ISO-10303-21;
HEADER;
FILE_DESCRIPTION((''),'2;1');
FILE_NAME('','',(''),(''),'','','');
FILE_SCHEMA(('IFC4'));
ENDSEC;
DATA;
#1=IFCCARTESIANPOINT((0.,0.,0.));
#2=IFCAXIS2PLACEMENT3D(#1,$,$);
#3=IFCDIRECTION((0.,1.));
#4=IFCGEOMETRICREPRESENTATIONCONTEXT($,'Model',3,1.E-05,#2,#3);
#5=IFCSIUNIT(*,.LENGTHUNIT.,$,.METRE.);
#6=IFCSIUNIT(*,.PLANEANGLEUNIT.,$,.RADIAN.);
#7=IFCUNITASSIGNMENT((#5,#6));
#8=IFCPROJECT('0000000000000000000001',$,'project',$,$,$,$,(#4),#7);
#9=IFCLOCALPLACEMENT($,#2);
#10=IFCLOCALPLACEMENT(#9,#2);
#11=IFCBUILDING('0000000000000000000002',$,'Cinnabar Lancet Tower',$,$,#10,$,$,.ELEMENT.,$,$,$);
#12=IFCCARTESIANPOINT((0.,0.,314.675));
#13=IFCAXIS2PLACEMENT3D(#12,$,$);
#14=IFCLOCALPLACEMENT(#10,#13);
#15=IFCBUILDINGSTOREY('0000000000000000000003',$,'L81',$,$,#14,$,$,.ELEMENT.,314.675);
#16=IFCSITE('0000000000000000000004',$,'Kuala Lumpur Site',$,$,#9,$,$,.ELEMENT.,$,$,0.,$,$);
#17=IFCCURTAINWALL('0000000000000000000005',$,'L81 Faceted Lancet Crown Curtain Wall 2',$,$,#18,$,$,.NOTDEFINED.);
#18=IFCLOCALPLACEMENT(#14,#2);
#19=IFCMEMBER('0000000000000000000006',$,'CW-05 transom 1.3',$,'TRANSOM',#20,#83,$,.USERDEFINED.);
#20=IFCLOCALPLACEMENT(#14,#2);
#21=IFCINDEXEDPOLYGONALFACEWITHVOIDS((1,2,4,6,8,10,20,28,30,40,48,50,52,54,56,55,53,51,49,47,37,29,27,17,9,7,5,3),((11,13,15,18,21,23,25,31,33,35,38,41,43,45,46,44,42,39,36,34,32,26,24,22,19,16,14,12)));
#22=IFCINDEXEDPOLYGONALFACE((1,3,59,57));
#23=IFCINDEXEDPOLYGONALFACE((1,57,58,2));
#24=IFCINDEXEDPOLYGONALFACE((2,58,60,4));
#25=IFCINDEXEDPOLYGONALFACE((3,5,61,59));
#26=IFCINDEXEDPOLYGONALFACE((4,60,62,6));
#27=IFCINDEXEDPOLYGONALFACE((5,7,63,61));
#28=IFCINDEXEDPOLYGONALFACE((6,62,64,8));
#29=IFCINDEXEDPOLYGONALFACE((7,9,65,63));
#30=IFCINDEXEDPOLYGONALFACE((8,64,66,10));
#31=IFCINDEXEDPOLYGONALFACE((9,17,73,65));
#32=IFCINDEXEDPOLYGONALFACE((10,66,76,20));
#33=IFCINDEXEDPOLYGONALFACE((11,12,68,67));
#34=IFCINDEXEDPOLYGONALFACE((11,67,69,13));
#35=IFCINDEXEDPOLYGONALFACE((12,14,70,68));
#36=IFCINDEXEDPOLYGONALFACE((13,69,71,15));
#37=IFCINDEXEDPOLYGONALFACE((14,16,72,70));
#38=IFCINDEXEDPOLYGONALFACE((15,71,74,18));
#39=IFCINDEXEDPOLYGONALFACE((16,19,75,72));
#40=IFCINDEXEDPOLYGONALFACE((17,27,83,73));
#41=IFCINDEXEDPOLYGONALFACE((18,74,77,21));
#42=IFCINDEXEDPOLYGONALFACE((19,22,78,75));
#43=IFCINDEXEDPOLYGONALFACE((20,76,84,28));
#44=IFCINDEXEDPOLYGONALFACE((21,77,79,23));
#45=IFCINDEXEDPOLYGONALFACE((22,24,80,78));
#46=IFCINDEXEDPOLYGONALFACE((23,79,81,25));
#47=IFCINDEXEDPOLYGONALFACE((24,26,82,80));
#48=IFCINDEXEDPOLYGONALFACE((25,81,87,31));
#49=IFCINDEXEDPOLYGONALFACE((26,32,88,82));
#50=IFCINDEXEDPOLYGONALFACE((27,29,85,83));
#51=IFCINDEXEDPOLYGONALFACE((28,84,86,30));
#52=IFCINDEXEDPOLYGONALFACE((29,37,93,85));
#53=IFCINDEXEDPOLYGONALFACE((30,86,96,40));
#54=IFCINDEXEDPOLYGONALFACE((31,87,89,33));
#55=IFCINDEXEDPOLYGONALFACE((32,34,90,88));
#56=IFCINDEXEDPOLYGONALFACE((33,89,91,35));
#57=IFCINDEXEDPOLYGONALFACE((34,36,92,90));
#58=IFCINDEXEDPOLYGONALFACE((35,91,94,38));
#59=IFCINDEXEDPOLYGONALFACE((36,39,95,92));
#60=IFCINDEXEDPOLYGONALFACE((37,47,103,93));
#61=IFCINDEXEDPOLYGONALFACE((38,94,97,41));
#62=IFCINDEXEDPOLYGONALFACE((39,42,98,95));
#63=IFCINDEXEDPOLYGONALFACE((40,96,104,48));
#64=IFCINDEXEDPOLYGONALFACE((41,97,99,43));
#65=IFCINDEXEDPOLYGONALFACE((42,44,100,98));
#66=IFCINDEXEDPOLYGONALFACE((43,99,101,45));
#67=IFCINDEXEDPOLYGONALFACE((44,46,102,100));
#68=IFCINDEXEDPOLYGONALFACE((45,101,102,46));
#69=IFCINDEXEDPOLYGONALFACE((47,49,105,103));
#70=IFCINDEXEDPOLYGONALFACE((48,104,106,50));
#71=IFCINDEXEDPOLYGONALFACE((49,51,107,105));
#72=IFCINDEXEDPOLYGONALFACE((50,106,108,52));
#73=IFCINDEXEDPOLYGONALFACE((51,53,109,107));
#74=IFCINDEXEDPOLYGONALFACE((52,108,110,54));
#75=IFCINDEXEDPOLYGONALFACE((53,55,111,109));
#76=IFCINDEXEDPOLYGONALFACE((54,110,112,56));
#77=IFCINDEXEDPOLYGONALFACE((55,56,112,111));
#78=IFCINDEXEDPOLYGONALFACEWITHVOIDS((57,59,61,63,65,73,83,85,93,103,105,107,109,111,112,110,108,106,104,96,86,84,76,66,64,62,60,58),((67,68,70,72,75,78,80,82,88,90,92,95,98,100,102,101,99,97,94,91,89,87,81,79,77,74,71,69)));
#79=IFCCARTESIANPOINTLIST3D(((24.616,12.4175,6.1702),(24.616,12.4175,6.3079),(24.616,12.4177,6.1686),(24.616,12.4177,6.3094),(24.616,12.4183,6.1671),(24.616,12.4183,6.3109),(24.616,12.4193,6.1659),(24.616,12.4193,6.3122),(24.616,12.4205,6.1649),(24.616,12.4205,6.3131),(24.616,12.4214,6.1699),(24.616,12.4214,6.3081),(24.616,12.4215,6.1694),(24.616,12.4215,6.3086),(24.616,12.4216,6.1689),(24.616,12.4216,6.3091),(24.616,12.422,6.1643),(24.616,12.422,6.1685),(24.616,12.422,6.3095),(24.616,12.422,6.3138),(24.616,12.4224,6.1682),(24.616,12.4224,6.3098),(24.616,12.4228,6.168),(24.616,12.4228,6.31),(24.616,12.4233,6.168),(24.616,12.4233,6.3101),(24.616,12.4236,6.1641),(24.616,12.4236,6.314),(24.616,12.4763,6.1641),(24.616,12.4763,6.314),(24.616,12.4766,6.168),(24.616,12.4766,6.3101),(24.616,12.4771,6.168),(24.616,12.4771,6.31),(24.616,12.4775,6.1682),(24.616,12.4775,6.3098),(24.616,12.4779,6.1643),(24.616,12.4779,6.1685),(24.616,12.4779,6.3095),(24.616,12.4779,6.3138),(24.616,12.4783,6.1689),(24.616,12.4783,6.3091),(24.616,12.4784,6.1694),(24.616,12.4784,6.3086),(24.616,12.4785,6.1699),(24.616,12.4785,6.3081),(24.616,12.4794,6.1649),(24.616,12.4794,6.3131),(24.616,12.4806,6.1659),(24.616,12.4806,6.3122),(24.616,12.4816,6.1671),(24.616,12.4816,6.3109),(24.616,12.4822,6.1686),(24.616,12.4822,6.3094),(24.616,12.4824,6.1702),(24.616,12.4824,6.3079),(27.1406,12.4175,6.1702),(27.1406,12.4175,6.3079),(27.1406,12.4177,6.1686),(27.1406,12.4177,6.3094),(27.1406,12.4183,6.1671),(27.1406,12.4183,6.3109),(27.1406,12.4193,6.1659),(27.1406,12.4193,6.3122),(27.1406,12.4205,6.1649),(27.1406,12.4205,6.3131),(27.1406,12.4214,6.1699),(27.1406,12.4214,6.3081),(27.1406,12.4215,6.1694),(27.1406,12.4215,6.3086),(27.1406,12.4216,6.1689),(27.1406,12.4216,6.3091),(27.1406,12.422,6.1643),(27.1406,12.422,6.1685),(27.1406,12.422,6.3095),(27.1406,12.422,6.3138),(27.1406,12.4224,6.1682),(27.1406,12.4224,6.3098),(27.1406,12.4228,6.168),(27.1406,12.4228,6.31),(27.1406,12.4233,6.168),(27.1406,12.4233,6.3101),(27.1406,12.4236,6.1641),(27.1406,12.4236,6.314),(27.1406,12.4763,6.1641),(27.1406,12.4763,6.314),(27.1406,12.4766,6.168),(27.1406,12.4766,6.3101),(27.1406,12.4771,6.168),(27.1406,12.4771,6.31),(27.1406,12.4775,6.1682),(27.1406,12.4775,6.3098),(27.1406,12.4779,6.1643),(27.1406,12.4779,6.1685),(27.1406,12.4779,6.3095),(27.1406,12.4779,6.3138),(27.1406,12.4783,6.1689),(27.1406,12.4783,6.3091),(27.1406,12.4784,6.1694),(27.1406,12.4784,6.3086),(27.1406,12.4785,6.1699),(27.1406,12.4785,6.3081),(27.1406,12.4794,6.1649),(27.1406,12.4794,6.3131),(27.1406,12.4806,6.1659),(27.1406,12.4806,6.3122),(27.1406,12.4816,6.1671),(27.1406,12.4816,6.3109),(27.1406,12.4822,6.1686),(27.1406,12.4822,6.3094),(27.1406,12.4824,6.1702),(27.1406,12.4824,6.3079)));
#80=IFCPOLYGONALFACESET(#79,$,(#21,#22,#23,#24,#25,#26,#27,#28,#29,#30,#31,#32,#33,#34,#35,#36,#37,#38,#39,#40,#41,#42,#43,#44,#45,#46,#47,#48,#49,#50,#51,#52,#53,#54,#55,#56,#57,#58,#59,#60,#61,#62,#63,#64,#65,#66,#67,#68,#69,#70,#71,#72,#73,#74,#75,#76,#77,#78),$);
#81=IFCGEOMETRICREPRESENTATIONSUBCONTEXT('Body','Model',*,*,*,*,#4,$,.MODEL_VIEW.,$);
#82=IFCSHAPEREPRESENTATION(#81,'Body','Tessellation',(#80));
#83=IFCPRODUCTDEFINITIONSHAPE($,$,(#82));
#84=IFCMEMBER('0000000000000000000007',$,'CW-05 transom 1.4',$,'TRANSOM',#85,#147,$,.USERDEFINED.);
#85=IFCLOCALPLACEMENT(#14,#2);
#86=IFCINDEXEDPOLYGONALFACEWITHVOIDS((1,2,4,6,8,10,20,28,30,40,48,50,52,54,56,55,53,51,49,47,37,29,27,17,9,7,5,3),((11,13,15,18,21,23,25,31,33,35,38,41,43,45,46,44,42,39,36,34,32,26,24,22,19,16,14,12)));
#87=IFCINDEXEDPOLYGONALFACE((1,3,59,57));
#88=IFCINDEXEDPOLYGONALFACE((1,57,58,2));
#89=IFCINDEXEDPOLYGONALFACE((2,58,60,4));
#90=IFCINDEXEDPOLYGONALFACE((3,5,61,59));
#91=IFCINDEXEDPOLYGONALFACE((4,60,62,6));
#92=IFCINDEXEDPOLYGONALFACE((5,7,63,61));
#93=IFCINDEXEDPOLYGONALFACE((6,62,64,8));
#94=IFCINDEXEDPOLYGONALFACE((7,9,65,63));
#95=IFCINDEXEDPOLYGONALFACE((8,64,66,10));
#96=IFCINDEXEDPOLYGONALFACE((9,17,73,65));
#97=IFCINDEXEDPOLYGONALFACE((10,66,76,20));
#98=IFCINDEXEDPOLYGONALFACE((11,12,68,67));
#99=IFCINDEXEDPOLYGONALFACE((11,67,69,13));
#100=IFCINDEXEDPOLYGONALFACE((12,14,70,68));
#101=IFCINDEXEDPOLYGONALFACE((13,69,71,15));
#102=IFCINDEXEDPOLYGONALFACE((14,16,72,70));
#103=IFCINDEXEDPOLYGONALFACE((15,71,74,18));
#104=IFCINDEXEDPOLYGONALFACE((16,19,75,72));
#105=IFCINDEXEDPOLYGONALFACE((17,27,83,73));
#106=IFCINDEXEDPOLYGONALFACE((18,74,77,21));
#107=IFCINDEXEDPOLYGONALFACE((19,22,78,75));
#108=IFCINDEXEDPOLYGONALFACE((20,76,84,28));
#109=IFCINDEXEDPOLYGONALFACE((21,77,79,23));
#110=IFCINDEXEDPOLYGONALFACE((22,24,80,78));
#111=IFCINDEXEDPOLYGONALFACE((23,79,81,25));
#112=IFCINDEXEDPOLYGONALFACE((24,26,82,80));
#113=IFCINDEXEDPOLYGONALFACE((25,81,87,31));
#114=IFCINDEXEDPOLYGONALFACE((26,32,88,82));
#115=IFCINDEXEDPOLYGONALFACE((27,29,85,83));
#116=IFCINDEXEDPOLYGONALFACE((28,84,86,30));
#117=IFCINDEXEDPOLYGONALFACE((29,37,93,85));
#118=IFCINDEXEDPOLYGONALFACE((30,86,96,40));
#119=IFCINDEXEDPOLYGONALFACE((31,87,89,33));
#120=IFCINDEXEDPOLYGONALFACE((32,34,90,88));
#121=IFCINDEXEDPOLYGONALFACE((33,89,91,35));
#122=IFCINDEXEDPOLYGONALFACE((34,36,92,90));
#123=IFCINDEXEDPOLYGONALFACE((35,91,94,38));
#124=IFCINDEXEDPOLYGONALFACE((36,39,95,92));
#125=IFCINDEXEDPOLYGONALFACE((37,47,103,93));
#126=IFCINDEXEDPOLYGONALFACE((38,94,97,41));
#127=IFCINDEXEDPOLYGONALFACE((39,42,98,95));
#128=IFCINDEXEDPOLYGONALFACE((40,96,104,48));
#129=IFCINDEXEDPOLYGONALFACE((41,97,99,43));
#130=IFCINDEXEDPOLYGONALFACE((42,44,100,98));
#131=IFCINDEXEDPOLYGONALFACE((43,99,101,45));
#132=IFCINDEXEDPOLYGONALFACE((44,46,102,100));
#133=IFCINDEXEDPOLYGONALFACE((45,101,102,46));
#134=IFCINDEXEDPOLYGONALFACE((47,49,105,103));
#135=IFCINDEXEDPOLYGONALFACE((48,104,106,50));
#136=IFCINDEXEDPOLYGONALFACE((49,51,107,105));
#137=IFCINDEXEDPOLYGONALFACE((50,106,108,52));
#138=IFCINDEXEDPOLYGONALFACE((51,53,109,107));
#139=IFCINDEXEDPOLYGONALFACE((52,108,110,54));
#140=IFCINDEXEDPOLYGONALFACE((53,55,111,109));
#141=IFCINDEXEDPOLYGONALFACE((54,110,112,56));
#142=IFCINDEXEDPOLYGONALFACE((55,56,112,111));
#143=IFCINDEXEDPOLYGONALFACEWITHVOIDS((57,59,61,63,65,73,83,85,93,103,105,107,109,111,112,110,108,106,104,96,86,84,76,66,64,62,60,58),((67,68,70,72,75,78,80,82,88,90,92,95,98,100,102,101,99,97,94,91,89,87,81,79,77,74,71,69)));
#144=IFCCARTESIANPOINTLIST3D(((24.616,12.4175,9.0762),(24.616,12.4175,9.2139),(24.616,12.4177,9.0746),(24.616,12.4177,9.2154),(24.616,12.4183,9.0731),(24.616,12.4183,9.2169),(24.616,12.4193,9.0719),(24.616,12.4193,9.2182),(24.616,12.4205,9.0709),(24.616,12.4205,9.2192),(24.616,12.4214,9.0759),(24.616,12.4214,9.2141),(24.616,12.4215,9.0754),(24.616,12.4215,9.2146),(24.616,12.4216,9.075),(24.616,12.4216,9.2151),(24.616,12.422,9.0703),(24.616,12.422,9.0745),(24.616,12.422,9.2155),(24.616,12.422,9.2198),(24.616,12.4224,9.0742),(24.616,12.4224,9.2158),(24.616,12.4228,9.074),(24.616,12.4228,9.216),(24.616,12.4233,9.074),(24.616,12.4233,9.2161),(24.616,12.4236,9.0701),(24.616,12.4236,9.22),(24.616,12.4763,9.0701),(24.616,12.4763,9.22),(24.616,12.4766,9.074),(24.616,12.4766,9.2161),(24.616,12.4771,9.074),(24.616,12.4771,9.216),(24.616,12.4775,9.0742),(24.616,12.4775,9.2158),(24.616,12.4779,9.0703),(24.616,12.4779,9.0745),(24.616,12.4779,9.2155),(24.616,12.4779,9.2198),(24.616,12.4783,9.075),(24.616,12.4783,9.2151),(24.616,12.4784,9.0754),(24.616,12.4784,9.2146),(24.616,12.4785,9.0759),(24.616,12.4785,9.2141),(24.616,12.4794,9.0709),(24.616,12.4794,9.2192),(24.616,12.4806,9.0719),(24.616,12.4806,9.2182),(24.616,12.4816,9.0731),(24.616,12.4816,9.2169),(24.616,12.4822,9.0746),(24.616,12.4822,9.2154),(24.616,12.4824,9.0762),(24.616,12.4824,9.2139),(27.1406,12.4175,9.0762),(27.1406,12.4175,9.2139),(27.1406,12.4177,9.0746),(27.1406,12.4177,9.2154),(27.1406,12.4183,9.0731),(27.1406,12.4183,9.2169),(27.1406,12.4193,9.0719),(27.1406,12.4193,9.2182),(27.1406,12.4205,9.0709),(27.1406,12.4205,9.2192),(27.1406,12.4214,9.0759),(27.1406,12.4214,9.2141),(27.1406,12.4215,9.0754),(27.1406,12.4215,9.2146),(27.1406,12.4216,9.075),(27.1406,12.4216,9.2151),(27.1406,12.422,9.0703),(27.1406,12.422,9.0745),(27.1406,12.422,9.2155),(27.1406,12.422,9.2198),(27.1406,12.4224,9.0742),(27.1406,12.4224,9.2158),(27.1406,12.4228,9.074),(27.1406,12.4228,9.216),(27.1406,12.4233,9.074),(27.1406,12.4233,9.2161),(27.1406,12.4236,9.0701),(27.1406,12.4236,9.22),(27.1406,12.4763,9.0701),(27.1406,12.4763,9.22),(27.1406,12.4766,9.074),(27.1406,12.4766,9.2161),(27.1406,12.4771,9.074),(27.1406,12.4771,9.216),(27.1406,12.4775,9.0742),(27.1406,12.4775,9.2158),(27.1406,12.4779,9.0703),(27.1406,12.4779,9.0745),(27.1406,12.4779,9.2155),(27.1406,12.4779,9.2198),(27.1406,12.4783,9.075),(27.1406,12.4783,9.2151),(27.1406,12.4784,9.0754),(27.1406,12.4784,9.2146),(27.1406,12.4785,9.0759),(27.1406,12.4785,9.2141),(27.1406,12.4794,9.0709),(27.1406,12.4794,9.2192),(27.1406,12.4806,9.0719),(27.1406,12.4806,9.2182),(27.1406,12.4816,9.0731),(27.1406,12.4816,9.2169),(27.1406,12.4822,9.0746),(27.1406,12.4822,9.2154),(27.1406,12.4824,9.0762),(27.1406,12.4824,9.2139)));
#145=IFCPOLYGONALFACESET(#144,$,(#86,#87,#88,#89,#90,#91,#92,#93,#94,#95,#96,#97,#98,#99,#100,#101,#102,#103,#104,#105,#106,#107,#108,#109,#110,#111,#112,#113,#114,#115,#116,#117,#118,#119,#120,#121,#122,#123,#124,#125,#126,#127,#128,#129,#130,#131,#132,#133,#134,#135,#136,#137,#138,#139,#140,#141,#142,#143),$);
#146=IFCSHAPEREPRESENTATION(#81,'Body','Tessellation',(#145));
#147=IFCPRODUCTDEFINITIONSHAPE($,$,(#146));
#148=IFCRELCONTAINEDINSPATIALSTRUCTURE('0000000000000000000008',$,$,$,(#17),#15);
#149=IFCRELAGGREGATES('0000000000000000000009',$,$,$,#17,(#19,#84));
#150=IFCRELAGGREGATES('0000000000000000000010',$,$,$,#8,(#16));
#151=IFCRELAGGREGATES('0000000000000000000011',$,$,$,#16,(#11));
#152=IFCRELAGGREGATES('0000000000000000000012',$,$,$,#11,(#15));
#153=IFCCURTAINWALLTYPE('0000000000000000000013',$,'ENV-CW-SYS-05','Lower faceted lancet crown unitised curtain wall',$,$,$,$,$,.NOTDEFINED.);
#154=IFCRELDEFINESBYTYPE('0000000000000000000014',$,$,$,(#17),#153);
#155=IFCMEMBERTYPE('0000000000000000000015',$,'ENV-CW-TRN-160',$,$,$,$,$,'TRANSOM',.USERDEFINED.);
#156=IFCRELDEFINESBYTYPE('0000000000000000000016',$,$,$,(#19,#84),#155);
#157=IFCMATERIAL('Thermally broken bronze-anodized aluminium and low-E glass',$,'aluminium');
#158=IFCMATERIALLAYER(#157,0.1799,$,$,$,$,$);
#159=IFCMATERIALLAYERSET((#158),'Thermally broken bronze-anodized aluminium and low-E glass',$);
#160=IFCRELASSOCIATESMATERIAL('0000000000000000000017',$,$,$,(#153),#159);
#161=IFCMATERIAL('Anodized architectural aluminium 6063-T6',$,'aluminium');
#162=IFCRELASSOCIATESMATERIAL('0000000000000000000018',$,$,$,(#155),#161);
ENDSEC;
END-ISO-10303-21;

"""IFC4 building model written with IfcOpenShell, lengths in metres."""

from ifc_helpers import new_model, si_unit, direction, frame, origin, origin_2d, place, context, subcontext, project, spatial, hollow_rectangle, extrude, material, layer, layer_set, material_profile, profile_set, type_object, element, aggregate, save


model = new_model("IFC4")

# Units and contexts
model_context = context("Model", 3, precision=1e-05, world=origin(), true_north=direction((0.0, 1.0)))
body_context = subcontext(model_context, "Body", "Model", "MODEL_VIEW")
ifc_project = project(units=[si_unit("LENGTHUNIT", "METRE"), si_unit("PLANEANGLEUNIT", "RADIAN")], contexts=[model_context])

# Site, building, storey
site_placement = place(None, origin())
site = spatial("IfcSite", under=ifc_project, at=site_placement, Name="Kuala Lumpur Site", CompositionType="ELEMENT", RefElevation=0.0)
building_placement = place(site_placement, origin())
building = spatial("IfcBuilding", under=site, at=building_placement, Name="Cinnabar Lancet Tower", CompositionType="ELEMENT")
storey_placement = place(building_placement, frame((0.0, 0.0, 314.675)))
storey = spatial("IfcBuildingStorey", under=building, at=storey_placement, Name="L81", CompositionType="ELEMENT", Elevation=314.675)

# Shared definitions
ifc_material_1 = material(Name="Thermally broken bronze-anodized aluminium and low-E glass", Category="aluminium")
ifc_layer_1 = layer(ifc_material_1, 0.1799)
ifc_layer_set_1 = layer_set([ifc_layer_1], Name="Thermally broken bronze-anodized aluminium and low-E glass")
curtain_wall_type = type_object("IfcCurtainWallType", Name="ENV-CW-SYS-05", Description="Lower faceted lancet crown unitised curtain wall", PredefinedType="NOTDEFINED", material=ifc_layer_set_1)

# Curtain wall, members
curtain_wall_1_placement = place(storey_placement, origin())
curtain_wall_1 = element("IfcCurtainWall", 1, at=curtain_wall_1_placement, inside=storey, type_object=curtain_wall_type, Name="L81 Faceted Lancet Crown Curtain Wall 2", PredefinedType="NOTDEFINED")
ifc_material_2 = material(Name="Anodized architectural aluminium 6063-T6", Category="aluminium")
ifc_material_profile_1 = material_profile(ifc_material_2, hollow_rectangle(XDim=0.0649, YDim=0.1499, WallThickness=0.0039, InnerFilletRadius=0.002, OuterFilletRadius=0.0061, at=origin_2d()), Name="CW-TRN 150x65x4")
ifc_profile_set_1 = profile_set([ifc_material_profile_1], Name="Anodized architectural aluminium 6063-T6")
member_type_1 = type_object("IfcMemberType", Name="ENV-CW-TRN-160", ElementType="TRANSOM", PredefinedType="USERDEFINED", material=ifc_profile_set_1)
member_1_placement = place(storey_placement, frame((24.616, 12.45, 6.239), z_axis=(1.0, 0.0, 0.0), x_axis=(0.0, 1.0, 0.0)))
member_1 = element("IfcMember", 2, at=member_1_placement, type_object=member_type_1, Name="CW-05 transom 1.3", ObjectType="TRANSOM", PredefinedType="USERDEFINED", context=body_context, shape_type="SweptSolid", body=[
    extrude(hollow_rectangle(XDim=0.0649, YDim=0.1499, WallThickness=0.0039, InnerFilletRadius=0.002, OuterFilletRadius=0.0061, at=origin_2d()), origin(), (0.0, 0.0, 1.0), 2.5247),
])
member_2_placement = place(storey_placement, frame((24.616, 12.45, 9.145), z_axis=(1.0, 0.0, 0.0), x_axis=(0.0, 1.0, 0.0)))
member_2 = element("IfcMember", 3, at=member_2_placement, type_object=member_type_1, Name="CW-05 transom 1.4", ObjectType="TRANSOM", PredefinedType="USERDEFINED", context=body_context, shape_type="SweptSolid", body=[
    extrude(hollow_rectangle(XDim=0.0649, YDim=0.1499, WallThickness=0.0039, InnerFilletRadius=0.002, OuterFilletRadius=0.0061, at=origin_2d()), origin(), (0.0, 0.0, 1.0), 2.5247),
])

aggregate(curtain_wall_1, [member_1, member_2])

save(model, "model.ifc")
